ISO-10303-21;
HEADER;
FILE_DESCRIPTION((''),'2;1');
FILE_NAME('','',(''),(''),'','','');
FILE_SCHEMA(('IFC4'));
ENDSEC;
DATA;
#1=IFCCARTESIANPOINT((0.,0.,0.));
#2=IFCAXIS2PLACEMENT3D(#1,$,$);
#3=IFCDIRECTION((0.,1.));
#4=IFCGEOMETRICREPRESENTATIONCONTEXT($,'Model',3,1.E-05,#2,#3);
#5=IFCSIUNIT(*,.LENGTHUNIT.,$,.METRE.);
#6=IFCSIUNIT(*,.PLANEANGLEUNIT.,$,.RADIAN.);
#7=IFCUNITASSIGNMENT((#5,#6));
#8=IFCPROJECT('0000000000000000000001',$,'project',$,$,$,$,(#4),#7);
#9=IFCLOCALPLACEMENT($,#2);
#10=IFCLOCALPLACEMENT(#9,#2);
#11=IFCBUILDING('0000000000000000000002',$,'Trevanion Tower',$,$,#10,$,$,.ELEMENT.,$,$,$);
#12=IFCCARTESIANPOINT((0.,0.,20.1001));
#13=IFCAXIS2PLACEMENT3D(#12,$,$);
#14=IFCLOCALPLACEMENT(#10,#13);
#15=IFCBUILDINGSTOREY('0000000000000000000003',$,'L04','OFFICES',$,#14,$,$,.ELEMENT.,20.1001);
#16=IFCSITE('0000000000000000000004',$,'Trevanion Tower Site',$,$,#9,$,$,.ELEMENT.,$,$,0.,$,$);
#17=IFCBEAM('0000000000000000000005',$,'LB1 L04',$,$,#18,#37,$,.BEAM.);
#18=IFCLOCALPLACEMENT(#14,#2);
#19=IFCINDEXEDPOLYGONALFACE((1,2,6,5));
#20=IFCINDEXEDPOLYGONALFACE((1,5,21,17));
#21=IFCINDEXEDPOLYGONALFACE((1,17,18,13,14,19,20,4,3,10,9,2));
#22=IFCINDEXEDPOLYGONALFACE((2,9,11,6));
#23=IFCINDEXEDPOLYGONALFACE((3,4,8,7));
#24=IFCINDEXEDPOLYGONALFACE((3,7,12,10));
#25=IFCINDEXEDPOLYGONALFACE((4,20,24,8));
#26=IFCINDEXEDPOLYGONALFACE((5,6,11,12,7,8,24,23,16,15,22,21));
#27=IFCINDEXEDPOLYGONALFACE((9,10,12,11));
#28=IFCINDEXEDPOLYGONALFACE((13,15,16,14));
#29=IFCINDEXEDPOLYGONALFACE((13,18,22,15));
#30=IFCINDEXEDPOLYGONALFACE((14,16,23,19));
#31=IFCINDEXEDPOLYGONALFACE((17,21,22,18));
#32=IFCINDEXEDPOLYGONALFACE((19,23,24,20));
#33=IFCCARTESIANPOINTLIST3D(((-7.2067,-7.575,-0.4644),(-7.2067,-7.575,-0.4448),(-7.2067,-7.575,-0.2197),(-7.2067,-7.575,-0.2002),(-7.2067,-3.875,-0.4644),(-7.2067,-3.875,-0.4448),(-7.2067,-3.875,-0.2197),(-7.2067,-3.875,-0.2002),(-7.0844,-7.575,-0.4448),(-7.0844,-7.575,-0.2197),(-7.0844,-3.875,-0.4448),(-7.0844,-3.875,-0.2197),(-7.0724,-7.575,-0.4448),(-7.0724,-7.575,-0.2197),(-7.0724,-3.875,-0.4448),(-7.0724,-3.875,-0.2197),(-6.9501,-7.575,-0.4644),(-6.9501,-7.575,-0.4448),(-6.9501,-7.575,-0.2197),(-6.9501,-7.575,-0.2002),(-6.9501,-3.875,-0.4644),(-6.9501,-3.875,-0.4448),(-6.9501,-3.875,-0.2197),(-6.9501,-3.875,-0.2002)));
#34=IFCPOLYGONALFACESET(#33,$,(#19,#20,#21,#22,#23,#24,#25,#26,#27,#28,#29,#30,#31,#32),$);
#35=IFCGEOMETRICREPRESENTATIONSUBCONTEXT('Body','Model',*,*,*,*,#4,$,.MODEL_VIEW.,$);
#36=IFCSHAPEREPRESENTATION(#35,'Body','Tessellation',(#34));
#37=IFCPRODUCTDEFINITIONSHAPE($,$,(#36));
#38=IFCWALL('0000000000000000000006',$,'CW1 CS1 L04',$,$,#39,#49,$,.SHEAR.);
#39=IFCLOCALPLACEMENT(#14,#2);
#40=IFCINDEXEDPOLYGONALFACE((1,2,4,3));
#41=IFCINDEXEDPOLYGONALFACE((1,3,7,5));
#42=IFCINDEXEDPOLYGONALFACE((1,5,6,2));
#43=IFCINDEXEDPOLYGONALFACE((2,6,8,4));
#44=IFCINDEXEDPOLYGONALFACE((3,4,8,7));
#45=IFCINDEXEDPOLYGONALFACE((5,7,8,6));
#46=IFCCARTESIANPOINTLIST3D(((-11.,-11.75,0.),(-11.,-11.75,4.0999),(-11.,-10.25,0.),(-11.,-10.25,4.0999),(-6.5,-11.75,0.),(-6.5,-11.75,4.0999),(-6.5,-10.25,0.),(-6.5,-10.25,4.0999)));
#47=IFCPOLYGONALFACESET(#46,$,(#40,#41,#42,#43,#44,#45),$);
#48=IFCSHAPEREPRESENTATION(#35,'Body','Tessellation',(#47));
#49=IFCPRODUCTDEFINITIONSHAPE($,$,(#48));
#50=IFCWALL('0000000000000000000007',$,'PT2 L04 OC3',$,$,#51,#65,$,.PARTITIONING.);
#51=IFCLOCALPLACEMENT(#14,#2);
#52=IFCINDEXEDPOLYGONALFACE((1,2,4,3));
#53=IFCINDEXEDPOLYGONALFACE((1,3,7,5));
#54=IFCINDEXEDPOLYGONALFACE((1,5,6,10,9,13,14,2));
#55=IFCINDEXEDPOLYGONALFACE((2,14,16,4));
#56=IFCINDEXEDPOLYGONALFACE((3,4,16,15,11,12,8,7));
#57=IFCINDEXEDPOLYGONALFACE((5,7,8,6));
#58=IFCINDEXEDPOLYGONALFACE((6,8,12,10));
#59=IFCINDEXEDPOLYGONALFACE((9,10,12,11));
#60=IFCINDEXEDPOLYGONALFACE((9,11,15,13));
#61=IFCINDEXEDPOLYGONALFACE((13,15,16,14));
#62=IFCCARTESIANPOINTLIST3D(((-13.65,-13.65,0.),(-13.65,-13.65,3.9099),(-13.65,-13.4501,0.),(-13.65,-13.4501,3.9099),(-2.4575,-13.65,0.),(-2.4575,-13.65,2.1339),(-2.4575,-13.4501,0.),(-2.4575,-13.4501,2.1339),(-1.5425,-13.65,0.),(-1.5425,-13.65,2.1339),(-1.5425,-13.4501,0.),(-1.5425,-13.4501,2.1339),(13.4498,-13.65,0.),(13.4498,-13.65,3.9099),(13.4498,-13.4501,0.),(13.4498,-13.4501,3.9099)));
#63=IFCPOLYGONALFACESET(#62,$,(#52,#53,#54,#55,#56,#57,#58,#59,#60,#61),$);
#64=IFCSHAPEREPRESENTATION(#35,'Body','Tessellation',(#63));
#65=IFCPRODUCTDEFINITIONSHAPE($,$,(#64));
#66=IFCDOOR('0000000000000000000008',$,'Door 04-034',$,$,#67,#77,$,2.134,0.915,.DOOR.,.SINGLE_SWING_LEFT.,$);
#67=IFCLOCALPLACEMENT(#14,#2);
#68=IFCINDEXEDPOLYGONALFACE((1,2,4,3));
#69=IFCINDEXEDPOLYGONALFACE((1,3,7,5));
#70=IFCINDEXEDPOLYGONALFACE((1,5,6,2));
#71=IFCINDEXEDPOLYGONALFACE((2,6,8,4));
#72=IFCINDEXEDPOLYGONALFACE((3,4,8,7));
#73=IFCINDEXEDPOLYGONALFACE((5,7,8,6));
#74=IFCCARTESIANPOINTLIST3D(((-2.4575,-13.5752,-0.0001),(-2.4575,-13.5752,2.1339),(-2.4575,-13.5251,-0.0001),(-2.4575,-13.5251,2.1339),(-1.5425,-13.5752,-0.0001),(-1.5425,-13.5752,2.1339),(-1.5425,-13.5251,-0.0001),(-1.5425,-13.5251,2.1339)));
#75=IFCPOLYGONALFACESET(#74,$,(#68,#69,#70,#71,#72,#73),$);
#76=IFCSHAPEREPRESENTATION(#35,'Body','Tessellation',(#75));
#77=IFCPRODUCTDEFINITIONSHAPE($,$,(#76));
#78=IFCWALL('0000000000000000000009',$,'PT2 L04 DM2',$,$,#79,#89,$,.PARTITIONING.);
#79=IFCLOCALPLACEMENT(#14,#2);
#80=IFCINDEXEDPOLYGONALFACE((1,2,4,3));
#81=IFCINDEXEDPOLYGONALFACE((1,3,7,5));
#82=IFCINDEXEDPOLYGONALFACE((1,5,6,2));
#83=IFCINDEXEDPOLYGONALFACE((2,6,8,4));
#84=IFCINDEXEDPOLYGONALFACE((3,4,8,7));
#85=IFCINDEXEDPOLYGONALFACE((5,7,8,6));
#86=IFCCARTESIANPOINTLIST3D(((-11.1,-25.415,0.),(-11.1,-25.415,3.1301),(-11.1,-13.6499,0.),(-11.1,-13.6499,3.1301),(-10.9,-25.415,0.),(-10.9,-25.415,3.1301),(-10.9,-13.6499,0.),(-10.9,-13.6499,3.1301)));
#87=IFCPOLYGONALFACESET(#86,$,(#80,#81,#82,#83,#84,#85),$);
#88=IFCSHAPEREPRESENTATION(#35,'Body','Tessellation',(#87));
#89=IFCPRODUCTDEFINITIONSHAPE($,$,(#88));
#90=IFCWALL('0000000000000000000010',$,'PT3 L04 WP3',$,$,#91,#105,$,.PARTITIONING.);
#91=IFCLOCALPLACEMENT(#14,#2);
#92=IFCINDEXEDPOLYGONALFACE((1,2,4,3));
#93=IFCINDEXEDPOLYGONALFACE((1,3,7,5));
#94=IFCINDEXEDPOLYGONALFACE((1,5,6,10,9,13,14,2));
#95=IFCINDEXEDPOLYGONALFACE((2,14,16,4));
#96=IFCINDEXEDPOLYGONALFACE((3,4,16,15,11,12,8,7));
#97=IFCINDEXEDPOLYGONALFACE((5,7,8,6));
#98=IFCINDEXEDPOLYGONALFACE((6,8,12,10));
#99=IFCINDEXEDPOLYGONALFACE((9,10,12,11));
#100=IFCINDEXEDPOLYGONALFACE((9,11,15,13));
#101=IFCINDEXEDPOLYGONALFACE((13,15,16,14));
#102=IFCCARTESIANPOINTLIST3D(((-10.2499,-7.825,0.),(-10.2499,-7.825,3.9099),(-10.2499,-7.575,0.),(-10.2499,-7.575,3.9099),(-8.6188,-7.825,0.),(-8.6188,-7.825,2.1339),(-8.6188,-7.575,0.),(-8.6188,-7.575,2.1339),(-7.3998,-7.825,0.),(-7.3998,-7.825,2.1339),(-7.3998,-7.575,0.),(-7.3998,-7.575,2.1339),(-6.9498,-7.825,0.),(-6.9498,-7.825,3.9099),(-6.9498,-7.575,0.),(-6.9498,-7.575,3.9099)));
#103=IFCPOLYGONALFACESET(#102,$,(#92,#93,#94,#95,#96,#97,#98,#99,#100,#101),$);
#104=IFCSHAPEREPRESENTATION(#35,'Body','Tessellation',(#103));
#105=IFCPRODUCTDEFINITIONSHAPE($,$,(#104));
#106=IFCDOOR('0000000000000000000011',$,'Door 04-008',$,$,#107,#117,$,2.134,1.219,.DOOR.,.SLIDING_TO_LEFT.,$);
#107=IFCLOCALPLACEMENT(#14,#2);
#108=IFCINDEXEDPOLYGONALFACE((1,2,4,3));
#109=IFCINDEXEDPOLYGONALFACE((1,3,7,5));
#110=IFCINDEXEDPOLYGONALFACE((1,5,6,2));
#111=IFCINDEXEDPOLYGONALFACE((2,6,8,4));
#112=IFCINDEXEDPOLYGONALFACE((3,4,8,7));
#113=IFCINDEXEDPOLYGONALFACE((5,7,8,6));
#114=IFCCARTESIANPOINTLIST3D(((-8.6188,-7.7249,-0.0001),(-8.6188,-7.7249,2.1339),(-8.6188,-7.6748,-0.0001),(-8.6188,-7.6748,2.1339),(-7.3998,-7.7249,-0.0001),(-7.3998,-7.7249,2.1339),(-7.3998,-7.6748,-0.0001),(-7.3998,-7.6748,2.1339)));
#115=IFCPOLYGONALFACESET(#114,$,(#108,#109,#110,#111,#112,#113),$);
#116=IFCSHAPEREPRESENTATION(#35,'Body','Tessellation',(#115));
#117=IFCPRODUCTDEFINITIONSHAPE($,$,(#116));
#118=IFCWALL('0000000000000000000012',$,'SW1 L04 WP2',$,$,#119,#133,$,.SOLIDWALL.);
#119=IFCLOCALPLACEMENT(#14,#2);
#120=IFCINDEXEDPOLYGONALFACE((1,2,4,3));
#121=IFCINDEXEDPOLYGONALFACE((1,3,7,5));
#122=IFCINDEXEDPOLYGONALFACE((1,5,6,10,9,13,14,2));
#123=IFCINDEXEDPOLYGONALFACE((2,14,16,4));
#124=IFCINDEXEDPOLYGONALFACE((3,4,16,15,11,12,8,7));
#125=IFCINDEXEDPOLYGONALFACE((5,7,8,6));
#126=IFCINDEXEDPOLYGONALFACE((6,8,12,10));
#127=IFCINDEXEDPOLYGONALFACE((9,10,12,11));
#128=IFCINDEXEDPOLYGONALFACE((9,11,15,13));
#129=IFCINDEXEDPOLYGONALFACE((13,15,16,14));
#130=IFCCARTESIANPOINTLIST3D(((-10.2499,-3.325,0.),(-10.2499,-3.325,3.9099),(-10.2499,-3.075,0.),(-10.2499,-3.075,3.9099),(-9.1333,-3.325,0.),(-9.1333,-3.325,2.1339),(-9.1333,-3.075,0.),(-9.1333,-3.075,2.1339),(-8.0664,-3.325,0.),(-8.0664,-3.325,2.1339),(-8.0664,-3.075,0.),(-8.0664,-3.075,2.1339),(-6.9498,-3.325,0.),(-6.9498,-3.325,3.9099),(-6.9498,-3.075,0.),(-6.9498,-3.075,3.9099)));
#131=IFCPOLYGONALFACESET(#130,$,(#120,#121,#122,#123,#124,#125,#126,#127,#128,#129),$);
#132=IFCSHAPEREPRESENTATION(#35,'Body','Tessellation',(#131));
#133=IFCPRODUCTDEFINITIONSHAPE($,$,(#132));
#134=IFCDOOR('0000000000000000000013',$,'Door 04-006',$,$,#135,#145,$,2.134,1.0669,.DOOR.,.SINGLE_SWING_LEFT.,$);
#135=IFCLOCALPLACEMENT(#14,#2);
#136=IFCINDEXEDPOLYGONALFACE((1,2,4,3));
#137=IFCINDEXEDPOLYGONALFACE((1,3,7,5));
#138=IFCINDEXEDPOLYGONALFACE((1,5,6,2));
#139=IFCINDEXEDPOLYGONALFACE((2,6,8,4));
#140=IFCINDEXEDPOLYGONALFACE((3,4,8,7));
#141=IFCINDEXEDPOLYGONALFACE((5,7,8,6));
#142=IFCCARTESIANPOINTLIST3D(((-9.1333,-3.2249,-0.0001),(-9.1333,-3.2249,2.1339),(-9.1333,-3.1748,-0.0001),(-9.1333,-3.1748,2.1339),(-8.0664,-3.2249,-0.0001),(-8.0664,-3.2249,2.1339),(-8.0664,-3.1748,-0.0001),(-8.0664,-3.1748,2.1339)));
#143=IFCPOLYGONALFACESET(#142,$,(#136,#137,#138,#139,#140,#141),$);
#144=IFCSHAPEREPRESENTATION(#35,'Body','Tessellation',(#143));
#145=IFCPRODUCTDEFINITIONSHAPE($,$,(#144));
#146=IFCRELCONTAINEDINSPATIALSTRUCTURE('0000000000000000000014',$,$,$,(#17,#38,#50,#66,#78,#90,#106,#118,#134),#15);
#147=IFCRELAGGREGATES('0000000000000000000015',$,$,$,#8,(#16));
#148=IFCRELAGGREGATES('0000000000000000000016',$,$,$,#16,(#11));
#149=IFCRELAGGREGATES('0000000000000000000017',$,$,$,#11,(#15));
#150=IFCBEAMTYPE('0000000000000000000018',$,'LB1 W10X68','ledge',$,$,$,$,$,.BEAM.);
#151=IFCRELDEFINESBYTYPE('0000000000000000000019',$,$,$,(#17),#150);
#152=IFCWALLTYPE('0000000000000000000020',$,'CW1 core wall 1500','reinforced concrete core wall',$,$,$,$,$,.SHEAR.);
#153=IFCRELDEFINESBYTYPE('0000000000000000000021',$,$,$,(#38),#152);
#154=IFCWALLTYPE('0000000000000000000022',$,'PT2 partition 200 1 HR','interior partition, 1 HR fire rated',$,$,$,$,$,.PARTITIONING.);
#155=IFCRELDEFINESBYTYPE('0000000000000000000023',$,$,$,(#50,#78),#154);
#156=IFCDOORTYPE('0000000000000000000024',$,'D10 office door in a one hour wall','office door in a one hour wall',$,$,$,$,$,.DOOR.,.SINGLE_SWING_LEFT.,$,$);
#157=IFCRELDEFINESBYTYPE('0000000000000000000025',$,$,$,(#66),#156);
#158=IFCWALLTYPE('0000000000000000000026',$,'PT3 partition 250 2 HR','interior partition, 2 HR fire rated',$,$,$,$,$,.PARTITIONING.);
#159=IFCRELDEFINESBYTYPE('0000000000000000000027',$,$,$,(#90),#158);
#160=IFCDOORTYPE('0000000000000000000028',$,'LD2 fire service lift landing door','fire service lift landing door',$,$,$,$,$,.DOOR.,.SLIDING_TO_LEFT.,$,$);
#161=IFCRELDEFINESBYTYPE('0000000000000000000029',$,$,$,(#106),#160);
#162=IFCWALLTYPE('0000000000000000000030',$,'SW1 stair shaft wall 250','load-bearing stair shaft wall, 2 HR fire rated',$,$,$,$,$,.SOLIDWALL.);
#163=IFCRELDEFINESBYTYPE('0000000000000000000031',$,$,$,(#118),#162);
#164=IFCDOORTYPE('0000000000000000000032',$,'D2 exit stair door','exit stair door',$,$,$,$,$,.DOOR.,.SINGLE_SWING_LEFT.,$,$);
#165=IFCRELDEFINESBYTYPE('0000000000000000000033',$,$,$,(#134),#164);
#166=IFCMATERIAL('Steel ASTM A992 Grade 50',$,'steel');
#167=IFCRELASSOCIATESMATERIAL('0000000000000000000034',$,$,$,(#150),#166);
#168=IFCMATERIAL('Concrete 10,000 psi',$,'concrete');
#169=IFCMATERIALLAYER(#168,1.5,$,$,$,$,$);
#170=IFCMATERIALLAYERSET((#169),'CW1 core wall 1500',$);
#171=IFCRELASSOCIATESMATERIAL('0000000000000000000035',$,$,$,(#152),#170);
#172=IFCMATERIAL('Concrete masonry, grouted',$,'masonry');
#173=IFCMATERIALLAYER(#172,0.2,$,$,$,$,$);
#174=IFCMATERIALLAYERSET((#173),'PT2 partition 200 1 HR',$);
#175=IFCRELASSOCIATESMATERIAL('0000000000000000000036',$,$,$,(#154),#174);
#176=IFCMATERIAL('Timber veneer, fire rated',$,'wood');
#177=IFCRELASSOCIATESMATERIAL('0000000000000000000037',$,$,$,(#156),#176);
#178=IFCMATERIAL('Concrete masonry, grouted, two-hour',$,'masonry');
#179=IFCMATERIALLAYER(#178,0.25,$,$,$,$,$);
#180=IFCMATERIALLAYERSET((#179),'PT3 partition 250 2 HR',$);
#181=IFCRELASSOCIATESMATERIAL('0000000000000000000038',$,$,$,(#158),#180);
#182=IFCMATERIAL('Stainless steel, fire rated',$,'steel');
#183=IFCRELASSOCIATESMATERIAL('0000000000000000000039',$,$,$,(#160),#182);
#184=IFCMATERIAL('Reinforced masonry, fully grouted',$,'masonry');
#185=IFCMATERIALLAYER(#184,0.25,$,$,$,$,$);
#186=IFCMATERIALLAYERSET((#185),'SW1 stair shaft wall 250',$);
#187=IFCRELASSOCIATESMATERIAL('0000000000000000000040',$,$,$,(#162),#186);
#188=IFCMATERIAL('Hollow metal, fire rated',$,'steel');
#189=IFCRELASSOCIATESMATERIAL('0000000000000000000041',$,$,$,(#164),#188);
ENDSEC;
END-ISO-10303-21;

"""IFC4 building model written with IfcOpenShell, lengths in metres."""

from ifc_helpers import new_model, si_unit, direction, frame, frame_2d, origin, origin_2d, place, context, subcontext, project, spatial, rectangle, i_section, extrude, material, layer, layer_set, material_profile, profile_set, type_object, element, fill, save


model = new_model("IFC4")

# Units and contexts
model_context = context("Model", 3, precision=1e-05, world=origin(), true_north=direction((0.0, 1.0)))
body_context = subcontext(model_context, "Body", "Model", "MODEL_VIEW")
ifc_project = project(units=[si_unit("LENGTHUNIT", "METRE"), si_unit("PLANEANGLEUNIT", "RADIAN")], contexts=[model_context])

# Site, building, storey
site_placement = place(None, origin())
site = spatial("IfcSite", under=ifc_project, at=site_placement, Name="Trevanion Tower Site", CompositionType="ELEMENT", RefElevation=0.0)
building_placement = place(site_placement, origin())
building = spatial("IfcBuilding", under=site, at=building_placement, Name="Trevanion Tower", CompositionType="ELEMENT")
storey_placement = place(building_placement, frame((0.0, 0.0, 20.1001)))
storey = spatial("IfcBuildingStorey", under=building, at=storey_placement, Name="L04", Description="OFFICES", CompositionType="ELEMENT", Elevation=20.1001)

# Beam
ifc_material_1 = material(Name="Steel ASTM A992 Grade 50", Category="steel")
ifc_material_profile_1 = material_profile(ifc_material_1, i_section(OverallWidth=0.2566, OverallDepth=0.2642, WebThickness=0.012, FlangeThickness=0.0195, at=origin_2d()), Name="W10X68")
ifc_profile_set_1 = profile_set([ifc_material_profile_1], Name="Steel ASTM A992 Grade 50")
beam_type_1 = type_object("IfcBeamType", Name="LB1 W10X68", Description="ledge", PredefinedType="BEAM", material=ifc_profile_set_1)
for number, where, z_axis, x_axis, name in (
    (1, (-7.0784, -7.575, -0.3323), (0.0, 1.0, 0.0), (-1.0, 0.0, 0.0), "LB1 L04"),
):
    element("IfcBeam", number, at=place(storey_placement, frame(where, z_axis=z_axis, x_axis=x_axis)), inside=storey, type_object=beam_type_1, Name=name, PredefinedType="BEAM", context=body_context, shape_type="SweptSolid", body=[
        extrude(i_section(OverallWidth=0.2566, OverallDepth=0.2642, WebThickness=0.012, FlangeThickness=0.0195, at=origin_2d()), origin(), (0.0, 0.0, 1.0), 3.7),
    ])

# Wall
ifc_material_2 = material(Name="Concrete 10,000 psi", Category="concrete")
ifc_layer_1 = layer(ifc_material_2, 1.5)
ifc_layer_set_1 = layer_set([ifc_layer_1], Name="CW1 core wall 1500")
wall_type_1 = type_object("IfcWallType", Name="CW1 core wall 1500", Description="reinforced concrete core wall", PredefinedType="SHEAR", material=ifc_layer_set_1)
wall_1_placement = place(storey_placement, frame((-11.0, -11.0, 0.0), z_axis=(0.0, 0.0, 1.0), x_axis=(1.0, 0.0, 0.0)))
element("IfcWall", 2, at=wall_1_placement, inside=storey, type_object=wall_type_1, Name="CW1 CS1 L04", PredefinedType="SHEAR", context=body_context, shape_type="SweptSolid", body=[
    extrude(rectangle(XDim=4.5, YDim=1.5, at=frame_2d((2.25, 0.0))), origin(), (0.0, 0.0, 1.0), 4.0999),
])

# Wall, opening, door
ifc_material_3 = material(Name="Concrete masonry, grouted", Category="masonry")
ifc_layer_2 = layer(ifc_material_3, 0.2)
ifc_layer_set_2 = layer_set([ifc_layer_2], Name="PT2 partition 200 1 HR")
wall_type_2 = type_object("IfcWallType", Name="PT2 partition 200 1 HR", Description="interior partition, 1 HR fire rated", PredefinedType="PARTITIONING", material=ifc_layer_set_2)
wall_2_placement = place(storey_placement, frame((-13.6499, -13.55, 0.0), z_axis=(0.0, 0.0, 1.0), x_axis=(1.0, 0.0, 0.0)))
wall_2 = element("IfcWall", 3, at=wall_2_placement, inside=storey, type_object=wall_type_2, Name="PT2 L04 OC3", PredefinedType="PARTITIONING", context=body_context, shape_type="SweptSolid", body=[
    extrude(rectangle(XDim=27.0999, YDim=0.2, at=frame_2d((13.5498, 0.0))), origin(), (0.0, 0.0, 1.0), 3.9099),
])
opening_1_placement = place(wall_2_placement, frame((11.1924, 0.0, 0.0)))
opening_1 = element("IfcOpeningElement", 4, at=opening_1_placement, cuts=wall_2, PredefinedType="OPENING", context=body_context, shape_type="SweptSolid", body=[
    extrude(rectangle(XDim=0.915, YDim=2.134, at=frame_2d((0.4575, 1.0669))), frame((0.0, 0.1099, 0.0), z_axis=(0.0, -1.0, 0.0), x_axis=(1.0, 0.0, 0.0)), (0.0, 0.0, 1.0), 0.22),
])
ifc_material_4 = material(Name="Timber veneer, fire rated", Category="wood")
door_type_1 = type_object("IfcDoorType", Name="D10 office door in a one hour wall", Description="office door in a one hour wall", OperationType="SINGLE_SWING_LEFT", PredefinedType="DOOR", material=ifc_material_4)
door_1_placement = place(opening_1_placement, origin())
door_1 = element("IfcDoor", 5, at=door_1_placement, inside=storey, type_object=door_type_1, Name="Door 04-034", OperationType="SINGLE_SWING_LEFT", OverallHeight=2.134, OverallWidth=0.915, PredefinedType="DOOR", context=body_context, shape_type="SweptSolid", body=[
    extrude(rectangle(XDim=0.915, YDim=2.134, at=frame_2d((0.4575, 1.0669))), frame((0.0, 0.0249, 0.0), z_axis=(0.0, -1.0, 0.0), x_axis=(1.0, 0.0, 0.0)), (0.0, 0.0, 1.0), 0.05),
])
fill(opening_1, door_1)

# Wall
wall_3_placement = place(storey_placement, frame((-11.0, -13.6499, 0.0), z_axis=(0.0, 0.0, 1.0), x_axis=(0.0, -1.0, 0.0)))
element("IfcWall", 6, at=wall_3_placement, inside=storey, type_object=wall_type_2, Name="PT2 L04 DM2", PredefinedType="PARTITIONING", context=body_context, shape_type="SweptSolid", body=[
    extrude(rectangle(XDim=11.7651, YDim=0.2, at=frame_2d((5.8826, 0.0))), origin(), (0.0, 0.0, 1.0), 3.1301),
])

# Walls, openings, doors
ifc_material_5 = material(Name="Concrete masonry, grouted, two-hour", Category="masonry")
ifc_layer_3 = layer(ifc_material_5, 0.25)
ifc_layer_set_3 = layer_set([ifc_layer_3], Name="PT3 partition 250 2 HR")
wall_type_3 = type_object("IfcWallType", Name="PT3 partition 250 2 HR", Description="interior partition, 2 HR fire rated", PredefinedType="PARTITIONING", material=ifc_layer_set_3)
wall_4_placement = place(storey_placement, frame((-6.95, -7.7, 0.0), z_axis=(0.0, 0.0, 1.0), x_axis=(-1.0, 0.0, 0.0)))
wall_4 = element("IfcWall", 7, at=wall_4_placement, inside=storey, type_object=wall_type_3, Name="PT3 L04 WP3", PredefinedType="PARTITIONING", context=body_context, shape_type="SweptSolid", body=[
    extrude(rectangle(XDim=3.3, YDim=0.25, at=frame_2d((1.6499, 0.0))), origin(), (0.0, 0.0, 1.0), 3.9099),
])
opening_2_placement = place(wall_4_placement, frame((0.45, 0.0, 0.0)))
opening_2 = element("IfcOpeningElement", 8, at=opening_2_placement, cuts=wall_4, PredefinedType="OPENING", context=body_context, shape_type="SweptSolid", body=[
    extrude(rectangle(XDim=1.219, YDim=2.134, at=frame_2d((0.6094, 1.0669))), frame((0.0, 0.135, 0.0), z_axis=(0.0, -1.0, 0.0), x_axis=(1.0, 0.0, 0.0)), (0.0, 0.0, 1.0), 0.27),
])
ifc_material_6 = material(Name="Stainless steel, fire rated", Category="steel")
door_type_2 = type_object("IfcDoorType", Name="LD2 fire service lift landing door", Description="fire service lift landing door", OperationType="SLIDING_TO_LEFT", PredefinedType="DOOR", material=ifc_material_6)
door_2_placement = place(opening_2_placement, origin())
door_2 = element("IfcDoor", 9, at=door_2_placement, inside=storey, type_object=door_type_2, Name="Door 04-008", OperationType="SLIDING_TO_LEFT", OverallHeight=2.134, OverallWidth=1.219, PredefinedType="DOOR", context=body_context, shape_type="SweptSolid", body=[
    extrude(rectangle(XDim=1.219, YDim=2.134, at=frame_2d((0.6094, 1.0669))), frame((0.0, 0.0249, 0.0), z_axis=(0.0, -1.0, 0.0), x_axis=(1.0, 0.0, 0.0)), (0.0, 0.0, 1.0), 0.05),
])
fill(opening_2, door_2)
ifc_material_7 = material(Name="Reinforced masonry, fully grouted", Category="masonry")
ifc_layer_4 = layer(ifc_material_7, 0.25)
ifc_layer_set_4 = layer_set([ifc_layer_4], Name="SW1 stair shaft wall 250")
wall_type_4 = type_object("IfcWallType", Name="SW1 stair shaft wall 250", Description="load-bearing stair shaft wall, 2 HR fire rated", PredefinedType="SOLIDWALL", material=ifc_layer_set_4)
wall_5_placement = place(storey_placement, frame((-6.95, -3.2, 0.0), z_axis=(0.0, 0.0, 1.0), x_axis=(-1.0, 0.0, 0.0)))
wall_5 = element("IfcWall", 10, at=wall_5_placement, inside=storey, type_object=wall_type_4, Name="SW1 L04 WP2", PredefinedType="SOLIDWALL", context=body_context, shape_type="SweptSolid", body=[
    extrude(rectangle(XDim=3.3, YDim=0.25, at=frame_2d((1.6499, 0.0))), origin(), (0.0, 0.0, 1.0), 3.9099),
])
opening_3_placement = place(wall_5_placement, frame((1.1165, 0.0, 0.0)))
opening_3 = element("IfcOpeningElement", 11, at=opening_3_placement, cuts=wall_5, PredefinedType="OPENING", context=body_context, shape_type="SweptSolid", body=[
    extrude(rectangle(XDim=1.0669, YDim=2.134, at=frame_2d((0.5334, 1.0669))), frame((0.0, 0.135, 0.0), z_axis=(0.0, -1.0, 0.0), x_axis=(1.0, 0.0, 0.0)), (0.0, 0.0, 1.0), 0.27),
])
ifc_material_8 = material(Name="Hollow metal, fire rated", Category="steel")
door_type_3 = type_object("IfcDoorType", Name="D2 exit stair door", Description="exit stair door", OperationType="SINGLE_SWING_LEFT", PredefinedType="DOOR", material=ifc_material_8)
door_3_placement = place(opening_3_placement, origin())
door_3 = element("IfcDoor", 12, at=door_3_placement, inside=storey, type_object=door_type_3, Name="Door 04-006", OperationType="SINGLE_SWING_LEFT", OverallHeight=2.134, OverallWidth=1.0669, PredefinedType="DOOR", context=body_context, shape_type="SweptSolid", body=[
    extrude(rectangle(XDim=1.0669, YDim=2.134, at=frame_2d((0.5334, 1.0669))), frame((0.0, 0.0249, 0.0), z_axis=(0.0, -1.0, 0.0), x_axis=(1.0, 0.0, 0.0)), (0.0, 0.0, 1.0), 0.05),
])
fill(opening_3, door_3)

save(model, "model.ifc")
